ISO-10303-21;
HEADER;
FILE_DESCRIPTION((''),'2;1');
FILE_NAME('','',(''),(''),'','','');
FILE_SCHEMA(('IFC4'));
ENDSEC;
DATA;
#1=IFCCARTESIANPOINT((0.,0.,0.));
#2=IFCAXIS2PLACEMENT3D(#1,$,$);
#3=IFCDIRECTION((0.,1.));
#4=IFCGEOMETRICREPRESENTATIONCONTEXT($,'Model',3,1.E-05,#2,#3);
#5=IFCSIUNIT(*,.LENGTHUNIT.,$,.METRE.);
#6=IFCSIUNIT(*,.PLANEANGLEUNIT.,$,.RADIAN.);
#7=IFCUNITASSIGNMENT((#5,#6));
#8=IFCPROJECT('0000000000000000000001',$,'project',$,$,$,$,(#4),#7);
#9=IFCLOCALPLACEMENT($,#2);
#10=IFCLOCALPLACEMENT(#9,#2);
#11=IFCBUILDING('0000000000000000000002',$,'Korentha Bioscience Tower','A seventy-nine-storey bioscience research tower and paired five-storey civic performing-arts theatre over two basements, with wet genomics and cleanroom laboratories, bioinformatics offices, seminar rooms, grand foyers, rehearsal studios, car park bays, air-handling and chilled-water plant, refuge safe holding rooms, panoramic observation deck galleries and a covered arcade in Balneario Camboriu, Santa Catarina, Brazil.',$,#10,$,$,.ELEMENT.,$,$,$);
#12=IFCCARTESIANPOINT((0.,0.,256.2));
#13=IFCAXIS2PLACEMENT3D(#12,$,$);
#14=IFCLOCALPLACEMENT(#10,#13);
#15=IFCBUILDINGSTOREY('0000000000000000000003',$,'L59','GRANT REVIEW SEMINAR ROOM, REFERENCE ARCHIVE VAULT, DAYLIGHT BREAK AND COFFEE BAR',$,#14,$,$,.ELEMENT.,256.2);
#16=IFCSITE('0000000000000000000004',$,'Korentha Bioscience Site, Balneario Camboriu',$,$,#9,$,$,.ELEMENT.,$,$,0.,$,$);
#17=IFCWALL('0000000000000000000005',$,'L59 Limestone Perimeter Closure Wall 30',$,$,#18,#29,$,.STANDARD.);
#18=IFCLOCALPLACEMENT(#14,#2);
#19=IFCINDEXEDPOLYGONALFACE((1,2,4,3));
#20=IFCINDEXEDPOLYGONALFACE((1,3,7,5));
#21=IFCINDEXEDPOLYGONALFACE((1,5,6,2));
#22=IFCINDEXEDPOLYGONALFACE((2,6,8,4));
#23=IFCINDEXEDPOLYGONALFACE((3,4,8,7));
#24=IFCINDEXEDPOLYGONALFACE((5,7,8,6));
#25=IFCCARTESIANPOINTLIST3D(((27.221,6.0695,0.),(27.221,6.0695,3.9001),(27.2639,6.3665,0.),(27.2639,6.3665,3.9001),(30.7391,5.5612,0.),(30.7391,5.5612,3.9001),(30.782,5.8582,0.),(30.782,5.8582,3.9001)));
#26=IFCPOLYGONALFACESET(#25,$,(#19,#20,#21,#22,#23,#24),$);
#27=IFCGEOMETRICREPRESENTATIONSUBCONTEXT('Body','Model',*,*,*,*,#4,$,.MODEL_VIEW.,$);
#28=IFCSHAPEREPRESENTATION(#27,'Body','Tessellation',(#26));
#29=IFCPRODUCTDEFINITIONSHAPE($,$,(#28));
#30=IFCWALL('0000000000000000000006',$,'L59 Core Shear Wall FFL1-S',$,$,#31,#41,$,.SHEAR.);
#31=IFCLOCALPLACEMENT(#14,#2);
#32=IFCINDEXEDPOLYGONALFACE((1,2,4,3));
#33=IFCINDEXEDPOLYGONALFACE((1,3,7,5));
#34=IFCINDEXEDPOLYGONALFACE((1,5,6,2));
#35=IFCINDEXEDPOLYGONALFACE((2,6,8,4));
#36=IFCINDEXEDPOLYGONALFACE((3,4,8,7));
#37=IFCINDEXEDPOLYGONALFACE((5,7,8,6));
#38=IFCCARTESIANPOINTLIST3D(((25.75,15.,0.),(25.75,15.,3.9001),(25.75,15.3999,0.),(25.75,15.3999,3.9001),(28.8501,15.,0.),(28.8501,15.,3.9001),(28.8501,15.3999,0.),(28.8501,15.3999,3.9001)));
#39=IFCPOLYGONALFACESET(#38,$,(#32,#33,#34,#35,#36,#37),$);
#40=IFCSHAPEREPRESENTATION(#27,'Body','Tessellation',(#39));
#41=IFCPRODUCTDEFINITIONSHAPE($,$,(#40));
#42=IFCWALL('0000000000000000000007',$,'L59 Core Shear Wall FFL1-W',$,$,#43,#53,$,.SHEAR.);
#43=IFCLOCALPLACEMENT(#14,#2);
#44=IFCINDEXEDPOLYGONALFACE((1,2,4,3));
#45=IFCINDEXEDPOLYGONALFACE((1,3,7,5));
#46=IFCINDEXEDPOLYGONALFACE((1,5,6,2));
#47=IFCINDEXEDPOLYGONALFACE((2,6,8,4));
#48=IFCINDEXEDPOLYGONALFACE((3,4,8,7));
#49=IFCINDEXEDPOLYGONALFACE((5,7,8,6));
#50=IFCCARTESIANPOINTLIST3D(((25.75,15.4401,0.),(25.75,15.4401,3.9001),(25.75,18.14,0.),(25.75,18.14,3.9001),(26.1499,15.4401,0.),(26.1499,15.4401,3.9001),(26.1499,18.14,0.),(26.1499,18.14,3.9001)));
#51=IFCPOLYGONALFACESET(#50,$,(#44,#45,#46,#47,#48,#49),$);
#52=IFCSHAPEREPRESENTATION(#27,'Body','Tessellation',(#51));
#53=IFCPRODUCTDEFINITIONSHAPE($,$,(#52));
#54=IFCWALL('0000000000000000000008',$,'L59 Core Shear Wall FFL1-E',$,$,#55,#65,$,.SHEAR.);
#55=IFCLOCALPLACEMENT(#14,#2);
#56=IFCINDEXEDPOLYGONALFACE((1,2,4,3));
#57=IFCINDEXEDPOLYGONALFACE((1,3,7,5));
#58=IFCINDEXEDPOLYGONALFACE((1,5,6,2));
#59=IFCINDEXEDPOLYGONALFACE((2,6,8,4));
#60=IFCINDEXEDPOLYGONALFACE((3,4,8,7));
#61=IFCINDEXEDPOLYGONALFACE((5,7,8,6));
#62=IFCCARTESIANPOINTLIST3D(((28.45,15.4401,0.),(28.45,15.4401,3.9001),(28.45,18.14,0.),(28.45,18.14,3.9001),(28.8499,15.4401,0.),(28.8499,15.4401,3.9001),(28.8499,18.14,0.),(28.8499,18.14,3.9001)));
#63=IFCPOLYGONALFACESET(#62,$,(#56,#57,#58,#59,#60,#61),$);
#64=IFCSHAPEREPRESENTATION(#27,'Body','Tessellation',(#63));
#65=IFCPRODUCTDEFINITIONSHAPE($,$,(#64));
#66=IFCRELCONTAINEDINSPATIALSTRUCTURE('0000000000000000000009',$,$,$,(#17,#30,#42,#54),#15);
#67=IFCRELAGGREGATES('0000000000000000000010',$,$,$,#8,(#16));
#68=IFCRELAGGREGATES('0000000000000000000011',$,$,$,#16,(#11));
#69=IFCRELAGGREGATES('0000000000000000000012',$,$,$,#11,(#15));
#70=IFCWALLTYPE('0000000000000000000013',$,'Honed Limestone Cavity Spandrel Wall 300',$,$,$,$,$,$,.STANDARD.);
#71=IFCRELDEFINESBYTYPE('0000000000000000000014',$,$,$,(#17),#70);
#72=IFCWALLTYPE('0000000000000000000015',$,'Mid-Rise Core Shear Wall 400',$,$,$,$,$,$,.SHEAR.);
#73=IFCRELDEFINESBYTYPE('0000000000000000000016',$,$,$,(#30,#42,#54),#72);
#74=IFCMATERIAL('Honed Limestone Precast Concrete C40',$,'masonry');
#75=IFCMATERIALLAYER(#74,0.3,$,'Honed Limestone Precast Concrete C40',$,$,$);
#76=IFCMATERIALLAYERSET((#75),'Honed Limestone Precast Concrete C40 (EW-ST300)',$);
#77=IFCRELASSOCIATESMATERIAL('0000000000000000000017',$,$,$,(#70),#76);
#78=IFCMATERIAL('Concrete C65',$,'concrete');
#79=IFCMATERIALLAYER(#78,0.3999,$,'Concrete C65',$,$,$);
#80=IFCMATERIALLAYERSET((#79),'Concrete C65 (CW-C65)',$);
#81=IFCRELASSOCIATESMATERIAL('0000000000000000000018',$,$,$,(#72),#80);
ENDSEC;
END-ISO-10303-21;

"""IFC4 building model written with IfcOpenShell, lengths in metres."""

from ifc_helpers import new_model, si_unit, direction, frame, frame_2d, origin, place, context, subcontext, project, spatial, rectangle, extrude, material, layer, layer_set, type_object, element, save


model = new_model("IFC4")

# Units and contexts
model_context = context("Model", 3, precision=1e-05, world=origin(), true_north=direction((0.0, 1.0)))
body_context = subcontext(model_context, "Body", "Model", "MODEL_VIEW")
ifc_project = project(units=[si_unit("LENGTHUNIT", "METRE"), si_unit("PLANEANGLEUNIT", "RADIAN")], contexts=[model_context])

# Site, building, storey
site_placement = place(None, origin())
site = spatial("IfcSite", under=ifc_project, at=site_placement, Name="Korentha Bioscience Site, Balneario Camboriu", CompositionType="ELEMENT", RefElevation=0.0)
building_placement = place(site_placement, origin())
building = spatial("IfcBuilding", under=site, at=building_placement, Name="Korentha Bioscience Tower", Description="A seventy-nine-storey bioscience research tower and paired five-storey civic performing-arts theatre over two basements, with wet genomics and cleanroom laboratories, bioinformatics offices, seminar rooms, grand foyers, rehearsal studios, car park bays, air-handling and chilled-water plant, refuge safe holding rooms, panoramic observation deck galleries and a covered arcade in Balneario Camboriu, Santa Catarina, Brazil.", CompositionType="ELEMENT")
storey_placement = place(building_placement, frame((0.0, 0.0, 256.2)))
storey = spatial("IfcBuildingStorey", under=building, at=storey_placement, Name="L59", Description="GRANT REVIEW SEMINAR ROOM, REFERENCE ARCHIVE VAULT, DAYLIGHT BREAK AND COFFEE BAR", CompositionType="ELEMENT", Elevation=256.2)

# Shared definitions
ifc_material_1 = material(Name="Concrete C65", Category="concrete")

# Shared definitions
ifc_material_2 = material(Name="Honed Limestone Precast Concrete C40", Category="masonry")
ifc_layer_1 = layer(ifc_material_2, 0.3, Name="Honed Limestone Precast Concrete C40")
ifc_layer_set_1 = layer_set([ifc_layer_1], Name="Honed Limestone Precast Concrete C40 (EW-ST300)")
wall_type_1 = type_object("IfcWallType", Name="Honed Limestone Cavity Spandrel Wall 300", PredefinedType="STANDARD", material=ifc_layer_set_1)

# Walls
wall_1_placement = place(storey_placement, frame((27.2424, 6.218, 0.0), z_axis=(0.0, 0.0, 1.0), x_axis=(0.989723, -0.142998, 0.0)))
element("IfcWall", 1, at=wall_1_placement, inside=storey, type_object=wall_type_1, Name="L59 Limestone Perimeter Closure Wall 30", PredefinedType="STANDARD", context=body_context, shape_type="SweptSolid", body=[
    extrude(rectangle(XDim=3.5547, YDim=0.3, at=frame_2d((1.7773, 0.0))), origin(), (0.0, 0.0, 1.0), 3.9001),
])
ifc_layer_2 = layer(ifc_material_1, 0.3999, Name="Concrete C65")
ifc_layer_set_2 = layer_set([ifc_layer_2], Name="Concrete C65 (CW-C65)")
wall_type_2 = type_object("IfcWallType", Name="Mid-Rise Core Shear Wall 400", PredefinedType="SHEAR", material=ifc_layer_set_2)
wall_2_placement = place(storey_placement, frame((25.75, 15.2, 0.0), z_axis=(0.0, 0.0, 1.0), x_axis=(1.0, 0.0, 0.0)))
element("IfcWall", 2, at=wall_2_placement, inside=storey, type_object=wall_type_2, Name="L59 Core Shear Wall FFL1-S", PredefinedType="SHEAR", context=body_context, shape_type="SweptSolid", body=[
    extrude(rectangle(XDim=3.1001, YDim=0.3999, at=frame_2d((1.55, 0.0))), origin(), (0.0, 0.0, 1.0), 3.9001),
])
for number, where, z_axis, x_axis, name in (
    (3, (25.95, 15.4399, 0.0), (0.0, 0.0, 1.0), (0.0, 1.0, 0.0), "L59 Core Shear Wall FFL1-W"),
    (4, (28.6499, 15.4399, 0.0), (0.0, 0.0, 1.0), (0.0, 1.0, 0.0), "L59 Core Shear Wall FFL1-E"),
):
    element("IfcWall", number, at=place(storey_placement, frame(where, z_axis=z_axis, x_axis=x_axis)), inside=storey, type_object=wall_type_2, Name=name, PredefinedType="SHEAR", context=body_context, shape_type="SweptSolid", body=[
        extrude(rectangle(XDim=2.7, YDim=0.3999, at=frame_2d((1.3501, 0.0))), origin(), (0.0, 0.0, 1.0), 3.9001),
    ])

save(model, "model.ifc")
